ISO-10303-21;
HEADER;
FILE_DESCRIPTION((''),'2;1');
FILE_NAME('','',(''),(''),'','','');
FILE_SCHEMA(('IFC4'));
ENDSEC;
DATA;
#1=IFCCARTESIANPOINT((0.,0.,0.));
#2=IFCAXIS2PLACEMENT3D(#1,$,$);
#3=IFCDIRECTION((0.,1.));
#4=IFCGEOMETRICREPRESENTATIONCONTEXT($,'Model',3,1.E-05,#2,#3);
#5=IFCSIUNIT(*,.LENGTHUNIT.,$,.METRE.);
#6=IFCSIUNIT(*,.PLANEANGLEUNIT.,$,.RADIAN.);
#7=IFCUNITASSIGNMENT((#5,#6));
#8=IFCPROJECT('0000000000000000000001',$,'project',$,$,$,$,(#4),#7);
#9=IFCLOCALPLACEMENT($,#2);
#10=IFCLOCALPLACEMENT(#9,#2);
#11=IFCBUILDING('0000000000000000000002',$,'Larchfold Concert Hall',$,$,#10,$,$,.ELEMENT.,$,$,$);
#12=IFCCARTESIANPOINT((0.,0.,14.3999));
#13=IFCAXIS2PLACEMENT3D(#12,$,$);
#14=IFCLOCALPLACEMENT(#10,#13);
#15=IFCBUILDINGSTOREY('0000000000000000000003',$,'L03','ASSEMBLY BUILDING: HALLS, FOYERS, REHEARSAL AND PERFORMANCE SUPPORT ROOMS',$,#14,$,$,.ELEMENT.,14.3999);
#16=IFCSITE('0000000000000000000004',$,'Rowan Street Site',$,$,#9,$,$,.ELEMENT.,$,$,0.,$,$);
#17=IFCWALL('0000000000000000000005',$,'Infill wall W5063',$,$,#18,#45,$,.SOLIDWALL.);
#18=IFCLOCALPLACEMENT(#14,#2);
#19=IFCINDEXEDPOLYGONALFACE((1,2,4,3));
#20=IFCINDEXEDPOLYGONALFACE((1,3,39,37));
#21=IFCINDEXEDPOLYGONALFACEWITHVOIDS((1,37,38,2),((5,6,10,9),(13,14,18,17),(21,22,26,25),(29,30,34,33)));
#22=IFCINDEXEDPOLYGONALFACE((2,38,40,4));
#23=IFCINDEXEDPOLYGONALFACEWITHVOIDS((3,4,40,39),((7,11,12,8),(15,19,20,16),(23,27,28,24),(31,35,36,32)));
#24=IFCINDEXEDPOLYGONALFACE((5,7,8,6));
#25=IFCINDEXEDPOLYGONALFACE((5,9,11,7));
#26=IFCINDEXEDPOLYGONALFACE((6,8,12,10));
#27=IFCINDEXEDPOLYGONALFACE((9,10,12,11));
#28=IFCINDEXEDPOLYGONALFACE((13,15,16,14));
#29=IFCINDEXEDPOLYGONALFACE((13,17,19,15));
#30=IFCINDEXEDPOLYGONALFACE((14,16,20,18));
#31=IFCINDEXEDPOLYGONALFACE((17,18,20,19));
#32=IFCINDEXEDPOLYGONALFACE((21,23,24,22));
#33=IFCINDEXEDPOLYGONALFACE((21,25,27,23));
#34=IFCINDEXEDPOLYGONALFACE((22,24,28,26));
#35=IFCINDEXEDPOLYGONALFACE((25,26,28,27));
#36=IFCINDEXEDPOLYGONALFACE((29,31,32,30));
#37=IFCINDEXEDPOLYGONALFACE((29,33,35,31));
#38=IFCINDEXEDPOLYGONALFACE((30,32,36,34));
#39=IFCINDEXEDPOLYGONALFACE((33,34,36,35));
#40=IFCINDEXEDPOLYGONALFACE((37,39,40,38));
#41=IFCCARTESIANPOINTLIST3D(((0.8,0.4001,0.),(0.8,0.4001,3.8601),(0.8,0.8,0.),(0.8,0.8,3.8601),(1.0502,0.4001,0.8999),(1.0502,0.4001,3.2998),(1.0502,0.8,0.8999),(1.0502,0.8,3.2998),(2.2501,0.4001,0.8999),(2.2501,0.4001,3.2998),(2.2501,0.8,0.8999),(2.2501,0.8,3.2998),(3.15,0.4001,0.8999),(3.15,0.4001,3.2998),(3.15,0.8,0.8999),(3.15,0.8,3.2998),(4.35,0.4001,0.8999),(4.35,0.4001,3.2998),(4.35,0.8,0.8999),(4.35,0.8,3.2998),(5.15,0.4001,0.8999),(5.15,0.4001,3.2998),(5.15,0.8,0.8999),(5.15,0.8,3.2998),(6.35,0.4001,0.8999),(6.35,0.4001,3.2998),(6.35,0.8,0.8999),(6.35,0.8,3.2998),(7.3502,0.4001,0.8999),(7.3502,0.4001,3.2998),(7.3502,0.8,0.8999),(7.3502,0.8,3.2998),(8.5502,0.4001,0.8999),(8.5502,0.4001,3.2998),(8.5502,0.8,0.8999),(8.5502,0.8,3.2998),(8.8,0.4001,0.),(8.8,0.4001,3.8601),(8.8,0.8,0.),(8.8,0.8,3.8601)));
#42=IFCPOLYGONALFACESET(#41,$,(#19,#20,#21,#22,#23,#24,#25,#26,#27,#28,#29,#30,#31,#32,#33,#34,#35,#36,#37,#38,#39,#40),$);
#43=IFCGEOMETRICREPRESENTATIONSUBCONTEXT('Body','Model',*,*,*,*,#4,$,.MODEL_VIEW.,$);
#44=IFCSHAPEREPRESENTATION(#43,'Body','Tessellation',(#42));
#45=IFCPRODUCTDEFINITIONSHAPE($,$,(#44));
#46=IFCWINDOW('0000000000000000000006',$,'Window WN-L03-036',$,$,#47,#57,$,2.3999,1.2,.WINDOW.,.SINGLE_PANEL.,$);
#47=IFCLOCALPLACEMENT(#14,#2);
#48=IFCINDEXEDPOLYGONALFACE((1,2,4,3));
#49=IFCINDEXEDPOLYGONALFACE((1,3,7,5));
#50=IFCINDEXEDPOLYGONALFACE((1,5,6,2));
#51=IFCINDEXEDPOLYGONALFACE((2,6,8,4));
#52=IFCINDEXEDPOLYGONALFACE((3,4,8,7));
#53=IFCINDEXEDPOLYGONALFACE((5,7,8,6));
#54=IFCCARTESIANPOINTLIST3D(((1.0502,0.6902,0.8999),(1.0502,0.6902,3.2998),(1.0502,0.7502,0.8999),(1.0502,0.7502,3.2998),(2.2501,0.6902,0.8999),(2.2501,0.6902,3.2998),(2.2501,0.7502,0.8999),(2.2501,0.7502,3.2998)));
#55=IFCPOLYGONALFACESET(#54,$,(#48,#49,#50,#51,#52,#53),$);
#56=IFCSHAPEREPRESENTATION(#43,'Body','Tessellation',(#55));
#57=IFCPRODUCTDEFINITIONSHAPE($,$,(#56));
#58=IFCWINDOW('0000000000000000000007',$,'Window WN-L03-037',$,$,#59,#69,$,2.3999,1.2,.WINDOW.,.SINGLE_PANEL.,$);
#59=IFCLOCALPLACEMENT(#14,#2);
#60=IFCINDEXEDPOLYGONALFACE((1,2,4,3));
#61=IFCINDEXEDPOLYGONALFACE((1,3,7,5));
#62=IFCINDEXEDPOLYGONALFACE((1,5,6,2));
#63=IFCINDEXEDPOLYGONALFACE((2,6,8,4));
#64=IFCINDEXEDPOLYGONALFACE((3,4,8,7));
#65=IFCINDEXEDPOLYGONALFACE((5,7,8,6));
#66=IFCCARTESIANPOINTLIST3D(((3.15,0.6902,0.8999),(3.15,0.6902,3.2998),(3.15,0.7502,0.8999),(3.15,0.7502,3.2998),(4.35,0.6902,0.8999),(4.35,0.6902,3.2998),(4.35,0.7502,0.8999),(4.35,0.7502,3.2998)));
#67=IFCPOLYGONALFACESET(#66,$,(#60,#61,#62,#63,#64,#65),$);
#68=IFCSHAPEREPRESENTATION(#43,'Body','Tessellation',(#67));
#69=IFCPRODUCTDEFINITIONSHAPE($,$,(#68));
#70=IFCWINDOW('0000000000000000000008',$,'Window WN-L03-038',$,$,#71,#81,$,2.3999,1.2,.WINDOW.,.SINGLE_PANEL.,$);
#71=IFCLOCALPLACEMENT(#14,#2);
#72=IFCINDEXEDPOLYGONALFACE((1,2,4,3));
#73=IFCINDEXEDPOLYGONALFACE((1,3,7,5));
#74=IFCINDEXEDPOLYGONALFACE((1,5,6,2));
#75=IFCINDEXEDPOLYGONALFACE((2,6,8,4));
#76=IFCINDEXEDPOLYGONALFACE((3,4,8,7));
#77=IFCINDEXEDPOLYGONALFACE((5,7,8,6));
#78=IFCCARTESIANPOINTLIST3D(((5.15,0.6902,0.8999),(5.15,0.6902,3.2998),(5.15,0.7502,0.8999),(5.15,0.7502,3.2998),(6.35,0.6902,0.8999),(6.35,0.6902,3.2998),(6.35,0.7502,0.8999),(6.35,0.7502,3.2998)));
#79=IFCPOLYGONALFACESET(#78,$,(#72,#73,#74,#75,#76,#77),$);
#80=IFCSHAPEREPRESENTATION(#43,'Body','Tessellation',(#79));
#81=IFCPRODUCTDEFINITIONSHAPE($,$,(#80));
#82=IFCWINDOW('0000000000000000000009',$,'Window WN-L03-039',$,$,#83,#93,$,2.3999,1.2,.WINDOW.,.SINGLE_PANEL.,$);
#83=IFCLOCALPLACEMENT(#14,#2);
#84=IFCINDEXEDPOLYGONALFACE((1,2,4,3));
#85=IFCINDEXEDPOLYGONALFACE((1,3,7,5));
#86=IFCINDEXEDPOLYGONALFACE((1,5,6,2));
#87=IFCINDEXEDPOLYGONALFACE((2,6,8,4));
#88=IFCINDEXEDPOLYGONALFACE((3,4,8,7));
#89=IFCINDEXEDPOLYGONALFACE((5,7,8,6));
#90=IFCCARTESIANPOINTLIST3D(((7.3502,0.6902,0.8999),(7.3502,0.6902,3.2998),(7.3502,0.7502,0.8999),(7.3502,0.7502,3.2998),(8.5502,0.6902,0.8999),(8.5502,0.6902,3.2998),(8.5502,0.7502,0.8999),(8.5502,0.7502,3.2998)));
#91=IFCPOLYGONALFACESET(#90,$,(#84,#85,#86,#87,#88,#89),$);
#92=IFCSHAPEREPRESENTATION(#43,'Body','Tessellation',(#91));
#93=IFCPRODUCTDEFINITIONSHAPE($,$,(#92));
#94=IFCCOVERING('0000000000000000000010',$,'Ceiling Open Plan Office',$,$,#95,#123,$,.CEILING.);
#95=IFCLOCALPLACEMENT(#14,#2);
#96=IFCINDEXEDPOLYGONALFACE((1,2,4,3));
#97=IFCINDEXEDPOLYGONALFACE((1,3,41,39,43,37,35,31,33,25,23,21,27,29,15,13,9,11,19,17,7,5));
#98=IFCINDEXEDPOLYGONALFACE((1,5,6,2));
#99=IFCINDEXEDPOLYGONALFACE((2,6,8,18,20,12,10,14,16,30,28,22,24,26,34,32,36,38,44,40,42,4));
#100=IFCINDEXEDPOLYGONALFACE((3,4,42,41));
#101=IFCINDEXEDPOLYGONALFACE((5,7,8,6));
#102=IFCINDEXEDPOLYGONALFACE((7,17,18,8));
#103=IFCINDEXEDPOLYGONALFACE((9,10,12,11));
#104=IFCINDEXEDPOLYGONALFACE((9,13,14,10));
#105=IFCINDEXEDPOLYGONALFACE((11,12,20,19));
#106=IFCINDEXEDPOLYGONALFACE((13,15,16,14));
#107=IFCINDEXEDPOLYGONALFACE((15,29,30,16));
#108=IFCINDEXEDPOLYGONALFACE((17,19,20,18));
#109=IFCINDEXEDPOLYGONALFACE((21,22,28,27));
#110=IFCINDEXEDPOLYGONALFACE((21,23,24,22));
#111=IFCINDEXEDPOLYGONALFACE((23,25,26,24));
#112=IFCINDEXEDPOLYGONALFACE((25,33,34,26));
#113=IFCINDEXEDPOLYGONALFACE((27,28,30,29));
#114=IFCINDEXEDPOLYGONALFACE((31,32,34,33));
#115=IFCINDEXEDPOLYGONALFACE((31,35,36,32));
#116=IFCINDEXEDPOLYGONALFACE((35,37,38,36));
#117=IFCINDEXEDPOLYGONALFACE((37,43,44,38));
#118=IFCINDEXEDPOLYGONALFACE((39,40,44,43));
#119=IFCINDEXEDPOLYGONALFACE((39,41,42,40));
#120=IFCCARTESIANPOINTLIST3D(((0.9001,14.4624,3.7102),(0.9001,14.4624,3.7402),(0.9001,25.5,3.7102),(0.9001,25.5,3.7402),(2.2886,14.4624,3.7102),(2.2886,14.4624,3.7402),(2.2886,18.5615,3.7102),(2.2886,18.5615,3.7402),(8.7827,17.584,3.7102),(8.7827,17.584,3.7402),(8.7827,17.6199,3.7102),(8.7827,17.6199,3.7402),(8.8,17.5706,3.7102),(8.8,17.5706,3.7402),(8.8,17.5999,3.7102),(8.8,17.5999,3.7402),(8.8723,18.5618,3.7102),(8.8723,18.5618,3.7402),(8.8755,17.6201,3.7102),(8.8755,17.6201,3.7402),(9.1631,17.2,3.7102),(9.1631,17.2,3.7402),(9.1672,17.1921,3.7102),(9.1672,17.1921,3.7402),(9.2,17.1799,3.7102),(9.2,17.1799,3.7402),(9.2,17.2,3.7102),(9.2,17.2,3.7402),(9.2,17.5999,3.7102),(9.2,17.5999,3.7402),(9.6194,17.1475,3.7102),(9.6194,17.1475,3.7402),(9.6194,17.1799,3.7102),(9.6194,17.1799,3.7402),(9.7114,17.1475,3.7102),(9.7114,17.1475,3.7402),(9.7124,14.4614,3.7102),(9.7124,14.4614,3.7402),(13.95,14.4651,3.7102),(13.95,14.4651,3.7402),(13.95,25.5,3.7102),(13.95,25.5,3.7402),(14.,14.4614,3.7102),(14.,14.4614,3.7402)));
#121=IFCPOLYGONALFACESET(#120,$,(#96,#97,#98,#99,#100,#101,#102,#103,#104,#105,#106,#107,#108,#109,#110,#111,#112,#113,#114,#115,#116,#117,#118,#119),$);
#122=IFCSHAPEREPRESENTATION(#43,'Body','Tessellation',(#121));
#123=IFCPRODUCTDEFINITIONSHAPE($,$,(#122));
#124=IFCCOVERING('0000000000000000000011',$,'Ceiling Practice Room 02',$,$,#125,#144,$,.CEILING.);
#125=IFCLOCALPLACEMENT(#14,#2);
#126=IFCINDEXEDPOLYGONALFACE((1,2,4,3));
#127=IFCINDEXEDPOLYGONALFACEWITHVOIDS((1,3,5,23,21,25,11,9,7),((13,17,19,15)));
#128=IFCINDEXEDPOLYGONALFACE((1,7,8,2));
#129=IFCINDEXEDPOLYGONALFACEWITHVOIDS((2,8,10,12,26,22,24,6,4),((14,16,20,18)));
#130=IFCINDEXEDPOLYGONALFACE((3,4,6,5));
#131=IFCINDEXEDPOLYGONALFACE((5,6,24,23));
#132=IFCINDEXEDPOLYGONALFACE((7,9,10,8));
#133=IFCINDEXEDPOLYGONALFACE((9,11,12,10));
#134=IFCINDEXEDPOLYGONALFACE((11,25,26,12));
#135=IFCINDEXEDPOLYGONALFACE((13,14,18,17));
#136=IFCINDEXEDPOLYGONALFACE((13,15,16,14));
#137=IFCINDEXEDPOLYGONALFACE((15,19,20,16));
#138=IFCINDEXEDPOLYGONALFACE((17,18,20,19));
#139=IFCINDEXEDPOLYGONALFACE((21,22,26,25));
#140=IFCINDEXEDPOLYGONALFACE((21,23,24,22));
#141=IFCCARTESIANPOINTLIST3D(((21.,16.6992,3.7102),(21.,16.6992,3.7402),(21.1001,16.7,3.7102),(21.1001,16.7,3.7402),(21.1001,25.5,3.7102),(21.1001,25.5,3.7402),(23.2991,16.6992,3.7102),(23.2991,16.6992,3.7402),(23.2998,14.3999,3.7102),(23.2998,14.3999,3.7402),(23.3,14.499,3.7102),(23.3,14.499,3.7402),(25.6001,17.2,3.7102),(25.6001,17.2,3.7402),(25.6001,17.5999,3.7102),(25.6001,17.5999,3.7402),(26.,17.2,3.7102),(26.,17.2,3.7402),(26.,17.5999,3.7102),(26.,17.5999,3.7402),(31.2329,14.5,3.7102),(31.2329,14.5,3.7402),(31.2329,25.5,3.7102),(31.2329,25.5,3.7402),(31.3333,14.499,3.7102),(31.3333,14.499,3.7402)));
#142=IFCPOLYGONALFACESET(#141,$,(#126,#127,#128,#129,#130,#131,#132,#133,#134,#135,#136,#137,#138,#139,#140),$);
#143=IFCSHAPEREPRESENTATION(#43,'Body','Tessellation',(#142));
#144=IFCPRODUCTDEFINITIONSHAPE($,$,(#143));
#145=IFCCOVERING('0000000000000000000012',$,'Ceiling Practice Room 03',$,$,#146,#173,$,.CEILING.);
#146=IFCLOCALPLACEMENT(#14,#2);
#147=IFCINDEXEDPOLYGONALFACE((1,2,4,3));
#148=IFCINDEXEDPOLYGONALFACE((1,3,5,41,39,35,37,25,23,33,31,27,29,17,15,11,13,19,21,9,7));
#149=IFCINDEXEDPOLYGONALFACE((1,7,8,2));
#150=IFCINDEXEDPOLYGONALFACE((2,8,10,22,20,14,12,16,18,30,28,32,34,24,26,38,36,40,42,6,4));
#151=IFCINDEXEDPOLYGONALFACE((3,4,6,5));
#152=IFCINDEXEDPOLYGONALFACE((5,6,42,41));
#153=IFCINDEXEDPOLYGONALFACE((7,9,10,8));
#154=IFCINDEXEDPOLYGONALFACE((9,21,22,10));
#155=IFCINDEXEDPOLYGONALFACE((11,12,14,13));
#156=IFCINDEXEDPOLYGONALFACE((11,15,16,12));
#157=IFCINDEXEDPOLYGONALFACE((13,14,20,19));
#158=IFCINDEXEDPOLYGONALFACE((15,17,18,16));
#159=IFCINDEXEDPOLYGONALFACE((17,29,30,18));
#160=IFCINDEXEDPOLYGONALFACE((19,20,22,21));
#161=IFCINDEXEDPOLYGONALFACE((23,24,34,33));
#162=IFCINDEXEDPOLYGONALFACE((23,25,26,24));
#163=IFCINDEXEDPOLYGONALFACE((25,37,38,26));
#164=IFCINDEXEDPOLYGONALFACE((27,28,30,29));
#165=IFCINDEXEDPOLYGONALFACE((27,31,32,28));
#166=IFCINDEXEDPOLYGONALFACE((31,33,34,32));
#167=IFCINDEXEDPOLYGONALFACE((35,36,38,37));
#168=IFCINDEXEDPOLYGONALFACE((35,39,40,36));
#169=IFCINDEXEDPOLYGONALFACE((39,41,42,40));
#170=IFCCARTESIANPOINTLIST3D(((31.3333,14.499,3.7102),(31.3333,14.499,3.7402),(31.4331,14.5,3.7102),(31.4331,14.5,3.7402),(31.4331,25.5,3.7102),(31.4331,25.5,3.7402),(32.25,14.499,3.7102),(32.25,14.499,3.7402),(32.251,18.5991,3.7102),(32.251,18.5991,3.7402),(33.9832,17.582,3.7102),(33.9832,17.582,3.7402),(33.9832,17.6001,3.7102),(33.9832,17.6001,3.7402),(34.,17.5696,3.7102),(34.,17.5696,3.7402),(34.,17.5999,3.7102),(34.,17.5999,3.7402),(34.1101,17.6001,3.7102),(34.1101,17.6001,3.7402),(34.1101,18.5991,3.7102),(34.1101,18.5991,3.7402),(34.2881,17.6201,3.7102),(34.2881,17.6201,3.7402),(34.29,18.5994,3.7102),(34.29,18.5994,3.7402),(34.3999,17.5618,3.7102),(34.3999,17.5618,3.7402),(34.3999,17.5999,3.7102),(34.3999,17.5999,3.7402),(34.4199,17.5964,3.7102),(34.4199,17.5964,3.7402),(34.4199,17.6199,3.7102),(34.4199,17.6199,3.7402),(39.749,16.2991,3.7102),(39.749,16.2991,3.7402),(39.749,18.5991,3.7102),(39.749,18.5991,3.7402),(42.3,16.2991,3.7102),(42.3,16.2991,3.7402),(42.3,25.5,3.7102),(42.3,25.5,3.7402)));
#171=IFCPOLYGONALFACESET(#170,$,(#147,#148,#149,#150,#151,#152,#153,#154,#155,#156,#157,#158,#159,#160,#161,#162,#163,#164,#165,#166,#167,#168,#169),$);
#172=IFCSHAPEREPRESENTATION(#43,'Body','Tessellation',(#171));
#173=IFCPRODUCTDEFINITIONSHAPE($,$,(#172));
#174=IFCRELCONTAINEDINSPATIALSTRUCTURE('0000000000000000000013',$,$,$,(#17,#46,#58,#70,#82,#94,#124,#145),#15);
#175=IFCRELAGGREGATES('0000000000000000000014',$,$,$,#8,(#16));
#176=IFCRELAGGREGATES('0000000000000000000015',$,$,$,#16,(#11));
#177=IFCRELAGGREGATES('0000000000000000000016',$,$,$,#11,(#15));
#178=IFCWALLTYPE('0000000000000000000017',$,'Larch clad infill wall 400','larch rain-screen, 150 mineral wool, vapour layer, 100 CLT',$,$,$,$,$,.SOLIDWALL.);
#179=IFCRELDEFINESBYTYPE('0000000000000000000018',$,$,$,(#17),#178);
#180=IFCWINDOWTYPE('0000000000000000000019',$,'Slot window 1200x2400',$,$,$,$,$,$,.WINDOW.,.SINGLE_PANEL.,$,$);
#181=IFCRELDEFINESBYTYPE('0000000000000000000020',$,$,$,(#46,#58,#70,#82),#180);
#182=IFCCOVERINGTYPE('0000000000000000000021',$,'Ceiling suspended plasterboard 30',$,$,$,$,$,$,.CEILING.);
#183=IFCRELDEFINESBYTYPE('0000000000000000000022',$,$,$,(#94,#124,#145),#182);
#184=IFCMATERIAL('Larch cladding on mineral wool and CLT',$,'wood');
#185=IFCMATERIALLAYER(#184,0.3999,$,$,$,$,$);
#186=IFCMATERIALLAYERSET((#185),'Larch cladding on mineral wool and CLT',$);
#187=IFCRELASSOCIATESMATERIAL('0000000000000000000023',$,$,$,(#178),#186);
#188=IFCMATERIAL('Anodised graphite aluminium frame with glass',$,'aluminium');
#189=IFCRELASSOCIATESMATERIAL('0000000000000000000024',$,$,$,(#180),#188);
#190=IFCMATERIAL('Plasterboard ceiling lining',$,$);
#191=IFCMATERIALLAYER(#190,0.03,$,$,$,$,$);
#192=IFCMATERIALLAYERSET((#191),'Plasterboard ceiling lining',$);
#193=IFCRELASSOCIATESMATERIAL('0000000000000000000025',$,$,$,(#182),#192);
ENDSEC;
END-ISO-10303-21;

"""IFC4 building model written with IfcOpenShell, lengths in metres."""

from ifc_helpers import new_model, si_unit, direction, frame, frame_2d, origin, place, context, subcontext, project, spatial, polyline, rectangle, outline, extrude, material, layer, layer_set, type_object, element, fill, save


model = new_model("IFC4")

# Units and contexts
model_context = context("Model", 3, precision=1e-05, world=origin(), true_north=direction((0.0, 1.0)))
body_context = subcontext(model_context, "Body", "Model", "MODEL_VIEW")
ifc_project = project(units=[si_unit("LENGTHUNIT", "METRE"), si_unit("PLANEANGLEUNIT", "RADIAN")], contexts=[model_context])

# Site, building, storey
site_placement = place(None, origin())
site = spatial("IfcSite", under=ifc_project, at=site_placement, Name="Rowan Street Site", CompositionType="ELEMENT", RefElevation=0.0)
building_placement = place(site_placement, origin())
building = spatial("IfcBuilding", under=site, at=building_placement, Name="Larchfold Concert Hall", CompositionType="ELEMENT")
storey_placement = place(building_placement, frame((0.0, 0.0, 14.3999)))
storey = spatial("IfcBuildingStorey", under=building, at=storey_placement, Name="L03", Description="ASSEMBLY BUILDING: HALLS, FOYERS, REHEARSAL AND PERFORMANCE SUPPORT ROOMS", CompositionType="ELEMENT", Elevation=14.3999)

# Wall, openings, windows
ifc_material_1 = material(Name="Larch cladding on mineral wool and CLT", Category="wood")
ifc_layer_1 = layer(ifc_material_1, 0.3999)
ifc_layer_set_1 = layer_set([ifc_layer_1], Name="Larch cladding on mineral wool and CLT")
wall_type_1 = type_object("IfcWallType", Name="Larch clad infill wall 400", Description="larch rain-screen, 150 mineral wool, vapour layer, 100 CLT", PredefinedType="SOLIDWALL", material=ifc_layer_set_1)
ifc_material_2 = material(Name="Anodised graphite aluminium frame with glass", Category="aluminium")
window_type = type_object("IfcWindowType", Name="Slot window 1200x2400", PartitioningType="SINGLE_PANEL", PredefinedType="WINDOW", material=ifc_material_2)
wall_1_placement = place(storey_placement, frame((0.8, 0.6001, 0.0), z_axis=(0.0, 0.0, 1.0), x_axis=(1.0, 0.0, 0.0)))
wall_1 = element("IfcWall", 1, at=wall_1_placement, inside=storey, type_object=wall_type_1, Name="Infill wall W5063", PredefinedType="SOLIDWALL", context=body_context, shape_type="SweptSolid", body=[
    extrude(rectangle(XDim=8.0, YDim=0.3999, at=frame_2d((4.0, 0.0))), origin(), (0.0, 0.0, 1.0), 3.8601),
])
opening_1_placement = place(wall_1_placement, frame((0.25, 0.0, 0.8999)))
opening_1 = element("IfcOpeningElement", 2, at=opening_1_placement, cuts=wall_1, PredefinedType="OPENING", context=body_context, shape_type="SweptSolid", body=[
    extrude(rectangle(XDim=1.2, YDim=2.3999, at=frame_2d((0.6001, 1.2))), frame((0.0, 0.21, 0.0), z_axis=(0.0, -1.0, 0.0), x_axis=(1.0, 0.0, 0.0)), (0.0, 0.0, 1.0), 0.4199),
])
opening_2_placement = place(wall_1_placement, frame((2.3499, 0.0, 0.8999)))
opening_2 = element("IfcOpeningElement", 3, at=opening_2_placement, cuts=wall_1, PredefinedType="OPENING", context=body_context, shape_type="SweptSolid", body=[
    extrude(rectangle(XDim=1.2, YDim=2.3999, at=frame_2d((0.6001, 1.2))), frame((0.0, 0.21, 0.0), z_axis=(0.0, -1.0, 0.0), x_axis=(1.0, 0.0, 0.0)), (0.0, 0.0, 1.0), 0.4199),
])
opening_3_placement = place(wall_1_placement, frame((4.3499, 0.0, 0.8999)))
opening_3 = element("IfcOpeningElement", 4, at=opening_3_placement, cuts=wall_1, PredefinedType="OPENING", context=body_context, shape_type="SweptSolid", body=[
    extrude(rectangle(XDim=1.2, YDim=2.3999, at=frame_2d((0.6001, 1.2))), frame((0.0, 0.21, 0.0), z_axis=(0.0, -1.0, 0.0), x_axis=(1.0, 0.0, 0.0)), (0.0, 0.0, 1.0), 0.4199),
])
opening_4_placement = place(wall_1_placement, frame((6.55, 0.0, 0.8999)))
opening_4 = element("IfcOpeningElement", 5, at=opening_4_placement, cuts=wall_1, PredefinedType="OPENING", context=body_context, shape_type="SweptSolid", body=[
    extrude(rectangle(XDim=1.2, YDim=2.3999, at=frame_2d((0.6001, 1.2))), frame((0.0, 0.21, 0.0), z_axis=(0.0, -1.0, 0.0), x_axis=(1.0, 0.0, 0.0)), (0.0, 0.0, 1.0), 0.4199),
])
window_1_placement = place(opening_1_placement, origin())
window_1 = element("IfcWindow", 6, at=window_1_placement, inside=storey, type_object=window_type, Name="Window WN-L03-036", OverallHeight=2.3999, OverallWidth=1.2, PartitioningType="SINGLE_PANEL", PredefinedType="WINDOW", context=body_context, shape_type="SweptSolid", body=[
    extrude(rectangle(XDim=1.2, YDim=2.3999, at=frame_2d((0.6001, 1.2))), frame((0.0, 0.1501, 0.0), z_axis=(0.0, -1.0, 0.0), x_axis=(1.0, 0.0, 0.0)), (0.0, 0.0, 1.0), 0.0601),
])
fill(opening_1, window_1)
window_2_placement = place(opening_2_placement, origin())
window_2 = element("IfcWindow", 7, at=window_2_placement, inside=storey, type_object=window_type, Name="Window WN-L03-037", OverallHeight=2.3999, OverallWidth=1.2, PartitioningType="SINGLE_PANEL", PredefinedType="WINDOW", context=body_context, shape_type="SweptSolid", body=[
    extrude(rectangle(XDim=1.2, YDim=2.3999, at=frame_2d((0.6001, 1.2))), frame((0.0, 0.1501, 0.0), z_axis=(0.0, -1.0, 0.0), x_axis=(1.0, 0.0, 0.0)), (0.0, 0.0, 1.0), 0.0601),
])
fill(opening_2, window_2)
window_3_placement = place(opening_3_placement, origin())
window_3 = element("IfcWindow", 8, at=window_3_placement, inside=storey, type_object=window_type, Name="Window WN-L03-038", OverallHeight=2.3999, OverallWidth=1.2, PartitioningType="SINGLE_PANEL", PredefinedType="WINDOW", context=body_context, shape_type="SweptSolid", body=[
    extrude(rectangle(XDim=1.2, YDim=2.3999, at=frame_2d((0.6001, 1.2))), frame((0.0, 0.1501, 0.0), z_axis=(0.0, -1.0, 0.0), x_axis=(1.0, 0.0, 0.0)), (0.0, 0.0, 1.0), 0.0601),
])
fill(opening_3, window_3)
window_4_placement = place(opening_4_placement, origin())
window_4 = element("IfcWindow", 9, at=window_4_placement, inside=storey, type_object=window_type, Name="Window WN-L03-039", OverallHeight=2.3999, OverallWidth=1.2, PartitioningType="SINGLE_PANEL", PredefinedType="WINDOW", context=body_context, shape_type="SweptSolid", body=[
    extrude(rectangle(XDim=1.2, YDim=2.3999, at=frame_2d((0.6001, 1.2))), frame((0.0, 0.1501, 0.0), z_axis=(0.0, -1.0, 0.0), x_axis=(1.0, 0.0, 0.0)), (0.0, 0.0, 1.0), 0.0601),
])
fill(opening_4, window_4)

# Coverings
ifc_material_3 = material(Name="Plasterboard ceiling lining")
ifc_layer_2 = layer(ifc_material_3, 0.03)
ifc_layer_set_2 = layer_set([ifc_layer_2], Name="Plasterboard ceiling lining")
covering_type_1 = type_object("IfcCoveringType", Name="Ceiling suspended plasterboard 30", PredefinedType="CEILING", material=ifc_layer_set_2)
covering_1_placement = place(storey_placement, frame((0.0, 0.0, 3.7102)))
element("IfcCovering", 10, at=covering_1_placement, inside=storey, type_object=covering_type_1, Name="Ceiling Open Plan Office", PredefinedType="CEILING", context=body_context, shape_type="SweptSolid", body=[
    extrude(outline(polyline([(8.8723, 18.5618), (8.8755, 17.6201), (8.7827, 17.6199), (8.7827, 17.584), (8.8, 17.5706), (8.8, 17.5999), (9.2, 17.5999), (9.2, 17.2), (9.1631, 17.2), (9.1672, 17.1921), (9.2, 17.1799), (9.6194, 17.1799), (9.6194, 17.1475), (9.7114, 17.1475), (9.7124, 14.3999), (9.7124, 14.4614), (14.0, 14.4614), (13.95, 14.4651), (13.95, 25.5), (0.9001, 25.5), (0.9001, 14.4624), (2.2886, 14.4624), (2.2886, 18.5615), (8.8723, 18.5618)])), origin(), (0.0, 0.0, 1.0), 0.03),
])
covering_2_placement = place(storey_placement, frame((0.0, 0.0, 3.7102)))
element("IfcCovering", 11, at=covering_2_placement, inside=storey, type_object=covering_type_1, Name="Ceiling Practice Room 02", PredefinedType="CEILING", context=body_context, shape_type="SweptSolid", body=[
    extrude(outline(polyline([(23.2998, 14.3999), (23.3, 14.499), (31.3333, 14.499), (31.2329, 14.5), (31.2329, 25.5), (21.1001, 25.5), (21.1001, 16.7), (21.0, 16.6992), (23.2991, 16.6992), (23.2998, 14.3999)]), holes=[polyline([(26.0, 17.5999), (26.0, 17.2), (25.6001, 17.2), (25.6001, 17.5999), (26.0, 17.5999)])]), origin(), (0.0, 0.0, 1.0), 0.03),
])
covering_3_placement = place(storey_placement, frame((0.0, 0.0, 3.7102)))
element("IfcCovering", 12, at=covering_3_placement, inside=storey, type_object=covering_type_1, Name="Ceiling Practice Room 03", PredefinedType="CEILING", context=body_context, shape_type="SweptSolid", body=[
    extrude(outline(polyline([(31.3333, 14.499), (32.25, 14.499), (32.251, 18.5991), (34.1101, 18.5991), (34.1101, 17.6001), (33.9832, 17.6001), (33.9832, 17.582), (34.0, 17.5696), (34.0, 17.5999), (34.3999, 17.5999), (34.3999, 17.5618), (34.4199, 17.5964), (34.4199, 17.6199), (34.2881, 17.6201), (34.29, 18.5994), (39.749, 18.5991), (39.749, 16.2991), (42.3, 16.2991), (42.3, 25.5), (31.4331, 25.5), (31.4331, 14.5), (31.3333, 14.499)])), origin(), (0.0, 0.0, 1.0), 0.03),
])

save(model, "model.ifc")
